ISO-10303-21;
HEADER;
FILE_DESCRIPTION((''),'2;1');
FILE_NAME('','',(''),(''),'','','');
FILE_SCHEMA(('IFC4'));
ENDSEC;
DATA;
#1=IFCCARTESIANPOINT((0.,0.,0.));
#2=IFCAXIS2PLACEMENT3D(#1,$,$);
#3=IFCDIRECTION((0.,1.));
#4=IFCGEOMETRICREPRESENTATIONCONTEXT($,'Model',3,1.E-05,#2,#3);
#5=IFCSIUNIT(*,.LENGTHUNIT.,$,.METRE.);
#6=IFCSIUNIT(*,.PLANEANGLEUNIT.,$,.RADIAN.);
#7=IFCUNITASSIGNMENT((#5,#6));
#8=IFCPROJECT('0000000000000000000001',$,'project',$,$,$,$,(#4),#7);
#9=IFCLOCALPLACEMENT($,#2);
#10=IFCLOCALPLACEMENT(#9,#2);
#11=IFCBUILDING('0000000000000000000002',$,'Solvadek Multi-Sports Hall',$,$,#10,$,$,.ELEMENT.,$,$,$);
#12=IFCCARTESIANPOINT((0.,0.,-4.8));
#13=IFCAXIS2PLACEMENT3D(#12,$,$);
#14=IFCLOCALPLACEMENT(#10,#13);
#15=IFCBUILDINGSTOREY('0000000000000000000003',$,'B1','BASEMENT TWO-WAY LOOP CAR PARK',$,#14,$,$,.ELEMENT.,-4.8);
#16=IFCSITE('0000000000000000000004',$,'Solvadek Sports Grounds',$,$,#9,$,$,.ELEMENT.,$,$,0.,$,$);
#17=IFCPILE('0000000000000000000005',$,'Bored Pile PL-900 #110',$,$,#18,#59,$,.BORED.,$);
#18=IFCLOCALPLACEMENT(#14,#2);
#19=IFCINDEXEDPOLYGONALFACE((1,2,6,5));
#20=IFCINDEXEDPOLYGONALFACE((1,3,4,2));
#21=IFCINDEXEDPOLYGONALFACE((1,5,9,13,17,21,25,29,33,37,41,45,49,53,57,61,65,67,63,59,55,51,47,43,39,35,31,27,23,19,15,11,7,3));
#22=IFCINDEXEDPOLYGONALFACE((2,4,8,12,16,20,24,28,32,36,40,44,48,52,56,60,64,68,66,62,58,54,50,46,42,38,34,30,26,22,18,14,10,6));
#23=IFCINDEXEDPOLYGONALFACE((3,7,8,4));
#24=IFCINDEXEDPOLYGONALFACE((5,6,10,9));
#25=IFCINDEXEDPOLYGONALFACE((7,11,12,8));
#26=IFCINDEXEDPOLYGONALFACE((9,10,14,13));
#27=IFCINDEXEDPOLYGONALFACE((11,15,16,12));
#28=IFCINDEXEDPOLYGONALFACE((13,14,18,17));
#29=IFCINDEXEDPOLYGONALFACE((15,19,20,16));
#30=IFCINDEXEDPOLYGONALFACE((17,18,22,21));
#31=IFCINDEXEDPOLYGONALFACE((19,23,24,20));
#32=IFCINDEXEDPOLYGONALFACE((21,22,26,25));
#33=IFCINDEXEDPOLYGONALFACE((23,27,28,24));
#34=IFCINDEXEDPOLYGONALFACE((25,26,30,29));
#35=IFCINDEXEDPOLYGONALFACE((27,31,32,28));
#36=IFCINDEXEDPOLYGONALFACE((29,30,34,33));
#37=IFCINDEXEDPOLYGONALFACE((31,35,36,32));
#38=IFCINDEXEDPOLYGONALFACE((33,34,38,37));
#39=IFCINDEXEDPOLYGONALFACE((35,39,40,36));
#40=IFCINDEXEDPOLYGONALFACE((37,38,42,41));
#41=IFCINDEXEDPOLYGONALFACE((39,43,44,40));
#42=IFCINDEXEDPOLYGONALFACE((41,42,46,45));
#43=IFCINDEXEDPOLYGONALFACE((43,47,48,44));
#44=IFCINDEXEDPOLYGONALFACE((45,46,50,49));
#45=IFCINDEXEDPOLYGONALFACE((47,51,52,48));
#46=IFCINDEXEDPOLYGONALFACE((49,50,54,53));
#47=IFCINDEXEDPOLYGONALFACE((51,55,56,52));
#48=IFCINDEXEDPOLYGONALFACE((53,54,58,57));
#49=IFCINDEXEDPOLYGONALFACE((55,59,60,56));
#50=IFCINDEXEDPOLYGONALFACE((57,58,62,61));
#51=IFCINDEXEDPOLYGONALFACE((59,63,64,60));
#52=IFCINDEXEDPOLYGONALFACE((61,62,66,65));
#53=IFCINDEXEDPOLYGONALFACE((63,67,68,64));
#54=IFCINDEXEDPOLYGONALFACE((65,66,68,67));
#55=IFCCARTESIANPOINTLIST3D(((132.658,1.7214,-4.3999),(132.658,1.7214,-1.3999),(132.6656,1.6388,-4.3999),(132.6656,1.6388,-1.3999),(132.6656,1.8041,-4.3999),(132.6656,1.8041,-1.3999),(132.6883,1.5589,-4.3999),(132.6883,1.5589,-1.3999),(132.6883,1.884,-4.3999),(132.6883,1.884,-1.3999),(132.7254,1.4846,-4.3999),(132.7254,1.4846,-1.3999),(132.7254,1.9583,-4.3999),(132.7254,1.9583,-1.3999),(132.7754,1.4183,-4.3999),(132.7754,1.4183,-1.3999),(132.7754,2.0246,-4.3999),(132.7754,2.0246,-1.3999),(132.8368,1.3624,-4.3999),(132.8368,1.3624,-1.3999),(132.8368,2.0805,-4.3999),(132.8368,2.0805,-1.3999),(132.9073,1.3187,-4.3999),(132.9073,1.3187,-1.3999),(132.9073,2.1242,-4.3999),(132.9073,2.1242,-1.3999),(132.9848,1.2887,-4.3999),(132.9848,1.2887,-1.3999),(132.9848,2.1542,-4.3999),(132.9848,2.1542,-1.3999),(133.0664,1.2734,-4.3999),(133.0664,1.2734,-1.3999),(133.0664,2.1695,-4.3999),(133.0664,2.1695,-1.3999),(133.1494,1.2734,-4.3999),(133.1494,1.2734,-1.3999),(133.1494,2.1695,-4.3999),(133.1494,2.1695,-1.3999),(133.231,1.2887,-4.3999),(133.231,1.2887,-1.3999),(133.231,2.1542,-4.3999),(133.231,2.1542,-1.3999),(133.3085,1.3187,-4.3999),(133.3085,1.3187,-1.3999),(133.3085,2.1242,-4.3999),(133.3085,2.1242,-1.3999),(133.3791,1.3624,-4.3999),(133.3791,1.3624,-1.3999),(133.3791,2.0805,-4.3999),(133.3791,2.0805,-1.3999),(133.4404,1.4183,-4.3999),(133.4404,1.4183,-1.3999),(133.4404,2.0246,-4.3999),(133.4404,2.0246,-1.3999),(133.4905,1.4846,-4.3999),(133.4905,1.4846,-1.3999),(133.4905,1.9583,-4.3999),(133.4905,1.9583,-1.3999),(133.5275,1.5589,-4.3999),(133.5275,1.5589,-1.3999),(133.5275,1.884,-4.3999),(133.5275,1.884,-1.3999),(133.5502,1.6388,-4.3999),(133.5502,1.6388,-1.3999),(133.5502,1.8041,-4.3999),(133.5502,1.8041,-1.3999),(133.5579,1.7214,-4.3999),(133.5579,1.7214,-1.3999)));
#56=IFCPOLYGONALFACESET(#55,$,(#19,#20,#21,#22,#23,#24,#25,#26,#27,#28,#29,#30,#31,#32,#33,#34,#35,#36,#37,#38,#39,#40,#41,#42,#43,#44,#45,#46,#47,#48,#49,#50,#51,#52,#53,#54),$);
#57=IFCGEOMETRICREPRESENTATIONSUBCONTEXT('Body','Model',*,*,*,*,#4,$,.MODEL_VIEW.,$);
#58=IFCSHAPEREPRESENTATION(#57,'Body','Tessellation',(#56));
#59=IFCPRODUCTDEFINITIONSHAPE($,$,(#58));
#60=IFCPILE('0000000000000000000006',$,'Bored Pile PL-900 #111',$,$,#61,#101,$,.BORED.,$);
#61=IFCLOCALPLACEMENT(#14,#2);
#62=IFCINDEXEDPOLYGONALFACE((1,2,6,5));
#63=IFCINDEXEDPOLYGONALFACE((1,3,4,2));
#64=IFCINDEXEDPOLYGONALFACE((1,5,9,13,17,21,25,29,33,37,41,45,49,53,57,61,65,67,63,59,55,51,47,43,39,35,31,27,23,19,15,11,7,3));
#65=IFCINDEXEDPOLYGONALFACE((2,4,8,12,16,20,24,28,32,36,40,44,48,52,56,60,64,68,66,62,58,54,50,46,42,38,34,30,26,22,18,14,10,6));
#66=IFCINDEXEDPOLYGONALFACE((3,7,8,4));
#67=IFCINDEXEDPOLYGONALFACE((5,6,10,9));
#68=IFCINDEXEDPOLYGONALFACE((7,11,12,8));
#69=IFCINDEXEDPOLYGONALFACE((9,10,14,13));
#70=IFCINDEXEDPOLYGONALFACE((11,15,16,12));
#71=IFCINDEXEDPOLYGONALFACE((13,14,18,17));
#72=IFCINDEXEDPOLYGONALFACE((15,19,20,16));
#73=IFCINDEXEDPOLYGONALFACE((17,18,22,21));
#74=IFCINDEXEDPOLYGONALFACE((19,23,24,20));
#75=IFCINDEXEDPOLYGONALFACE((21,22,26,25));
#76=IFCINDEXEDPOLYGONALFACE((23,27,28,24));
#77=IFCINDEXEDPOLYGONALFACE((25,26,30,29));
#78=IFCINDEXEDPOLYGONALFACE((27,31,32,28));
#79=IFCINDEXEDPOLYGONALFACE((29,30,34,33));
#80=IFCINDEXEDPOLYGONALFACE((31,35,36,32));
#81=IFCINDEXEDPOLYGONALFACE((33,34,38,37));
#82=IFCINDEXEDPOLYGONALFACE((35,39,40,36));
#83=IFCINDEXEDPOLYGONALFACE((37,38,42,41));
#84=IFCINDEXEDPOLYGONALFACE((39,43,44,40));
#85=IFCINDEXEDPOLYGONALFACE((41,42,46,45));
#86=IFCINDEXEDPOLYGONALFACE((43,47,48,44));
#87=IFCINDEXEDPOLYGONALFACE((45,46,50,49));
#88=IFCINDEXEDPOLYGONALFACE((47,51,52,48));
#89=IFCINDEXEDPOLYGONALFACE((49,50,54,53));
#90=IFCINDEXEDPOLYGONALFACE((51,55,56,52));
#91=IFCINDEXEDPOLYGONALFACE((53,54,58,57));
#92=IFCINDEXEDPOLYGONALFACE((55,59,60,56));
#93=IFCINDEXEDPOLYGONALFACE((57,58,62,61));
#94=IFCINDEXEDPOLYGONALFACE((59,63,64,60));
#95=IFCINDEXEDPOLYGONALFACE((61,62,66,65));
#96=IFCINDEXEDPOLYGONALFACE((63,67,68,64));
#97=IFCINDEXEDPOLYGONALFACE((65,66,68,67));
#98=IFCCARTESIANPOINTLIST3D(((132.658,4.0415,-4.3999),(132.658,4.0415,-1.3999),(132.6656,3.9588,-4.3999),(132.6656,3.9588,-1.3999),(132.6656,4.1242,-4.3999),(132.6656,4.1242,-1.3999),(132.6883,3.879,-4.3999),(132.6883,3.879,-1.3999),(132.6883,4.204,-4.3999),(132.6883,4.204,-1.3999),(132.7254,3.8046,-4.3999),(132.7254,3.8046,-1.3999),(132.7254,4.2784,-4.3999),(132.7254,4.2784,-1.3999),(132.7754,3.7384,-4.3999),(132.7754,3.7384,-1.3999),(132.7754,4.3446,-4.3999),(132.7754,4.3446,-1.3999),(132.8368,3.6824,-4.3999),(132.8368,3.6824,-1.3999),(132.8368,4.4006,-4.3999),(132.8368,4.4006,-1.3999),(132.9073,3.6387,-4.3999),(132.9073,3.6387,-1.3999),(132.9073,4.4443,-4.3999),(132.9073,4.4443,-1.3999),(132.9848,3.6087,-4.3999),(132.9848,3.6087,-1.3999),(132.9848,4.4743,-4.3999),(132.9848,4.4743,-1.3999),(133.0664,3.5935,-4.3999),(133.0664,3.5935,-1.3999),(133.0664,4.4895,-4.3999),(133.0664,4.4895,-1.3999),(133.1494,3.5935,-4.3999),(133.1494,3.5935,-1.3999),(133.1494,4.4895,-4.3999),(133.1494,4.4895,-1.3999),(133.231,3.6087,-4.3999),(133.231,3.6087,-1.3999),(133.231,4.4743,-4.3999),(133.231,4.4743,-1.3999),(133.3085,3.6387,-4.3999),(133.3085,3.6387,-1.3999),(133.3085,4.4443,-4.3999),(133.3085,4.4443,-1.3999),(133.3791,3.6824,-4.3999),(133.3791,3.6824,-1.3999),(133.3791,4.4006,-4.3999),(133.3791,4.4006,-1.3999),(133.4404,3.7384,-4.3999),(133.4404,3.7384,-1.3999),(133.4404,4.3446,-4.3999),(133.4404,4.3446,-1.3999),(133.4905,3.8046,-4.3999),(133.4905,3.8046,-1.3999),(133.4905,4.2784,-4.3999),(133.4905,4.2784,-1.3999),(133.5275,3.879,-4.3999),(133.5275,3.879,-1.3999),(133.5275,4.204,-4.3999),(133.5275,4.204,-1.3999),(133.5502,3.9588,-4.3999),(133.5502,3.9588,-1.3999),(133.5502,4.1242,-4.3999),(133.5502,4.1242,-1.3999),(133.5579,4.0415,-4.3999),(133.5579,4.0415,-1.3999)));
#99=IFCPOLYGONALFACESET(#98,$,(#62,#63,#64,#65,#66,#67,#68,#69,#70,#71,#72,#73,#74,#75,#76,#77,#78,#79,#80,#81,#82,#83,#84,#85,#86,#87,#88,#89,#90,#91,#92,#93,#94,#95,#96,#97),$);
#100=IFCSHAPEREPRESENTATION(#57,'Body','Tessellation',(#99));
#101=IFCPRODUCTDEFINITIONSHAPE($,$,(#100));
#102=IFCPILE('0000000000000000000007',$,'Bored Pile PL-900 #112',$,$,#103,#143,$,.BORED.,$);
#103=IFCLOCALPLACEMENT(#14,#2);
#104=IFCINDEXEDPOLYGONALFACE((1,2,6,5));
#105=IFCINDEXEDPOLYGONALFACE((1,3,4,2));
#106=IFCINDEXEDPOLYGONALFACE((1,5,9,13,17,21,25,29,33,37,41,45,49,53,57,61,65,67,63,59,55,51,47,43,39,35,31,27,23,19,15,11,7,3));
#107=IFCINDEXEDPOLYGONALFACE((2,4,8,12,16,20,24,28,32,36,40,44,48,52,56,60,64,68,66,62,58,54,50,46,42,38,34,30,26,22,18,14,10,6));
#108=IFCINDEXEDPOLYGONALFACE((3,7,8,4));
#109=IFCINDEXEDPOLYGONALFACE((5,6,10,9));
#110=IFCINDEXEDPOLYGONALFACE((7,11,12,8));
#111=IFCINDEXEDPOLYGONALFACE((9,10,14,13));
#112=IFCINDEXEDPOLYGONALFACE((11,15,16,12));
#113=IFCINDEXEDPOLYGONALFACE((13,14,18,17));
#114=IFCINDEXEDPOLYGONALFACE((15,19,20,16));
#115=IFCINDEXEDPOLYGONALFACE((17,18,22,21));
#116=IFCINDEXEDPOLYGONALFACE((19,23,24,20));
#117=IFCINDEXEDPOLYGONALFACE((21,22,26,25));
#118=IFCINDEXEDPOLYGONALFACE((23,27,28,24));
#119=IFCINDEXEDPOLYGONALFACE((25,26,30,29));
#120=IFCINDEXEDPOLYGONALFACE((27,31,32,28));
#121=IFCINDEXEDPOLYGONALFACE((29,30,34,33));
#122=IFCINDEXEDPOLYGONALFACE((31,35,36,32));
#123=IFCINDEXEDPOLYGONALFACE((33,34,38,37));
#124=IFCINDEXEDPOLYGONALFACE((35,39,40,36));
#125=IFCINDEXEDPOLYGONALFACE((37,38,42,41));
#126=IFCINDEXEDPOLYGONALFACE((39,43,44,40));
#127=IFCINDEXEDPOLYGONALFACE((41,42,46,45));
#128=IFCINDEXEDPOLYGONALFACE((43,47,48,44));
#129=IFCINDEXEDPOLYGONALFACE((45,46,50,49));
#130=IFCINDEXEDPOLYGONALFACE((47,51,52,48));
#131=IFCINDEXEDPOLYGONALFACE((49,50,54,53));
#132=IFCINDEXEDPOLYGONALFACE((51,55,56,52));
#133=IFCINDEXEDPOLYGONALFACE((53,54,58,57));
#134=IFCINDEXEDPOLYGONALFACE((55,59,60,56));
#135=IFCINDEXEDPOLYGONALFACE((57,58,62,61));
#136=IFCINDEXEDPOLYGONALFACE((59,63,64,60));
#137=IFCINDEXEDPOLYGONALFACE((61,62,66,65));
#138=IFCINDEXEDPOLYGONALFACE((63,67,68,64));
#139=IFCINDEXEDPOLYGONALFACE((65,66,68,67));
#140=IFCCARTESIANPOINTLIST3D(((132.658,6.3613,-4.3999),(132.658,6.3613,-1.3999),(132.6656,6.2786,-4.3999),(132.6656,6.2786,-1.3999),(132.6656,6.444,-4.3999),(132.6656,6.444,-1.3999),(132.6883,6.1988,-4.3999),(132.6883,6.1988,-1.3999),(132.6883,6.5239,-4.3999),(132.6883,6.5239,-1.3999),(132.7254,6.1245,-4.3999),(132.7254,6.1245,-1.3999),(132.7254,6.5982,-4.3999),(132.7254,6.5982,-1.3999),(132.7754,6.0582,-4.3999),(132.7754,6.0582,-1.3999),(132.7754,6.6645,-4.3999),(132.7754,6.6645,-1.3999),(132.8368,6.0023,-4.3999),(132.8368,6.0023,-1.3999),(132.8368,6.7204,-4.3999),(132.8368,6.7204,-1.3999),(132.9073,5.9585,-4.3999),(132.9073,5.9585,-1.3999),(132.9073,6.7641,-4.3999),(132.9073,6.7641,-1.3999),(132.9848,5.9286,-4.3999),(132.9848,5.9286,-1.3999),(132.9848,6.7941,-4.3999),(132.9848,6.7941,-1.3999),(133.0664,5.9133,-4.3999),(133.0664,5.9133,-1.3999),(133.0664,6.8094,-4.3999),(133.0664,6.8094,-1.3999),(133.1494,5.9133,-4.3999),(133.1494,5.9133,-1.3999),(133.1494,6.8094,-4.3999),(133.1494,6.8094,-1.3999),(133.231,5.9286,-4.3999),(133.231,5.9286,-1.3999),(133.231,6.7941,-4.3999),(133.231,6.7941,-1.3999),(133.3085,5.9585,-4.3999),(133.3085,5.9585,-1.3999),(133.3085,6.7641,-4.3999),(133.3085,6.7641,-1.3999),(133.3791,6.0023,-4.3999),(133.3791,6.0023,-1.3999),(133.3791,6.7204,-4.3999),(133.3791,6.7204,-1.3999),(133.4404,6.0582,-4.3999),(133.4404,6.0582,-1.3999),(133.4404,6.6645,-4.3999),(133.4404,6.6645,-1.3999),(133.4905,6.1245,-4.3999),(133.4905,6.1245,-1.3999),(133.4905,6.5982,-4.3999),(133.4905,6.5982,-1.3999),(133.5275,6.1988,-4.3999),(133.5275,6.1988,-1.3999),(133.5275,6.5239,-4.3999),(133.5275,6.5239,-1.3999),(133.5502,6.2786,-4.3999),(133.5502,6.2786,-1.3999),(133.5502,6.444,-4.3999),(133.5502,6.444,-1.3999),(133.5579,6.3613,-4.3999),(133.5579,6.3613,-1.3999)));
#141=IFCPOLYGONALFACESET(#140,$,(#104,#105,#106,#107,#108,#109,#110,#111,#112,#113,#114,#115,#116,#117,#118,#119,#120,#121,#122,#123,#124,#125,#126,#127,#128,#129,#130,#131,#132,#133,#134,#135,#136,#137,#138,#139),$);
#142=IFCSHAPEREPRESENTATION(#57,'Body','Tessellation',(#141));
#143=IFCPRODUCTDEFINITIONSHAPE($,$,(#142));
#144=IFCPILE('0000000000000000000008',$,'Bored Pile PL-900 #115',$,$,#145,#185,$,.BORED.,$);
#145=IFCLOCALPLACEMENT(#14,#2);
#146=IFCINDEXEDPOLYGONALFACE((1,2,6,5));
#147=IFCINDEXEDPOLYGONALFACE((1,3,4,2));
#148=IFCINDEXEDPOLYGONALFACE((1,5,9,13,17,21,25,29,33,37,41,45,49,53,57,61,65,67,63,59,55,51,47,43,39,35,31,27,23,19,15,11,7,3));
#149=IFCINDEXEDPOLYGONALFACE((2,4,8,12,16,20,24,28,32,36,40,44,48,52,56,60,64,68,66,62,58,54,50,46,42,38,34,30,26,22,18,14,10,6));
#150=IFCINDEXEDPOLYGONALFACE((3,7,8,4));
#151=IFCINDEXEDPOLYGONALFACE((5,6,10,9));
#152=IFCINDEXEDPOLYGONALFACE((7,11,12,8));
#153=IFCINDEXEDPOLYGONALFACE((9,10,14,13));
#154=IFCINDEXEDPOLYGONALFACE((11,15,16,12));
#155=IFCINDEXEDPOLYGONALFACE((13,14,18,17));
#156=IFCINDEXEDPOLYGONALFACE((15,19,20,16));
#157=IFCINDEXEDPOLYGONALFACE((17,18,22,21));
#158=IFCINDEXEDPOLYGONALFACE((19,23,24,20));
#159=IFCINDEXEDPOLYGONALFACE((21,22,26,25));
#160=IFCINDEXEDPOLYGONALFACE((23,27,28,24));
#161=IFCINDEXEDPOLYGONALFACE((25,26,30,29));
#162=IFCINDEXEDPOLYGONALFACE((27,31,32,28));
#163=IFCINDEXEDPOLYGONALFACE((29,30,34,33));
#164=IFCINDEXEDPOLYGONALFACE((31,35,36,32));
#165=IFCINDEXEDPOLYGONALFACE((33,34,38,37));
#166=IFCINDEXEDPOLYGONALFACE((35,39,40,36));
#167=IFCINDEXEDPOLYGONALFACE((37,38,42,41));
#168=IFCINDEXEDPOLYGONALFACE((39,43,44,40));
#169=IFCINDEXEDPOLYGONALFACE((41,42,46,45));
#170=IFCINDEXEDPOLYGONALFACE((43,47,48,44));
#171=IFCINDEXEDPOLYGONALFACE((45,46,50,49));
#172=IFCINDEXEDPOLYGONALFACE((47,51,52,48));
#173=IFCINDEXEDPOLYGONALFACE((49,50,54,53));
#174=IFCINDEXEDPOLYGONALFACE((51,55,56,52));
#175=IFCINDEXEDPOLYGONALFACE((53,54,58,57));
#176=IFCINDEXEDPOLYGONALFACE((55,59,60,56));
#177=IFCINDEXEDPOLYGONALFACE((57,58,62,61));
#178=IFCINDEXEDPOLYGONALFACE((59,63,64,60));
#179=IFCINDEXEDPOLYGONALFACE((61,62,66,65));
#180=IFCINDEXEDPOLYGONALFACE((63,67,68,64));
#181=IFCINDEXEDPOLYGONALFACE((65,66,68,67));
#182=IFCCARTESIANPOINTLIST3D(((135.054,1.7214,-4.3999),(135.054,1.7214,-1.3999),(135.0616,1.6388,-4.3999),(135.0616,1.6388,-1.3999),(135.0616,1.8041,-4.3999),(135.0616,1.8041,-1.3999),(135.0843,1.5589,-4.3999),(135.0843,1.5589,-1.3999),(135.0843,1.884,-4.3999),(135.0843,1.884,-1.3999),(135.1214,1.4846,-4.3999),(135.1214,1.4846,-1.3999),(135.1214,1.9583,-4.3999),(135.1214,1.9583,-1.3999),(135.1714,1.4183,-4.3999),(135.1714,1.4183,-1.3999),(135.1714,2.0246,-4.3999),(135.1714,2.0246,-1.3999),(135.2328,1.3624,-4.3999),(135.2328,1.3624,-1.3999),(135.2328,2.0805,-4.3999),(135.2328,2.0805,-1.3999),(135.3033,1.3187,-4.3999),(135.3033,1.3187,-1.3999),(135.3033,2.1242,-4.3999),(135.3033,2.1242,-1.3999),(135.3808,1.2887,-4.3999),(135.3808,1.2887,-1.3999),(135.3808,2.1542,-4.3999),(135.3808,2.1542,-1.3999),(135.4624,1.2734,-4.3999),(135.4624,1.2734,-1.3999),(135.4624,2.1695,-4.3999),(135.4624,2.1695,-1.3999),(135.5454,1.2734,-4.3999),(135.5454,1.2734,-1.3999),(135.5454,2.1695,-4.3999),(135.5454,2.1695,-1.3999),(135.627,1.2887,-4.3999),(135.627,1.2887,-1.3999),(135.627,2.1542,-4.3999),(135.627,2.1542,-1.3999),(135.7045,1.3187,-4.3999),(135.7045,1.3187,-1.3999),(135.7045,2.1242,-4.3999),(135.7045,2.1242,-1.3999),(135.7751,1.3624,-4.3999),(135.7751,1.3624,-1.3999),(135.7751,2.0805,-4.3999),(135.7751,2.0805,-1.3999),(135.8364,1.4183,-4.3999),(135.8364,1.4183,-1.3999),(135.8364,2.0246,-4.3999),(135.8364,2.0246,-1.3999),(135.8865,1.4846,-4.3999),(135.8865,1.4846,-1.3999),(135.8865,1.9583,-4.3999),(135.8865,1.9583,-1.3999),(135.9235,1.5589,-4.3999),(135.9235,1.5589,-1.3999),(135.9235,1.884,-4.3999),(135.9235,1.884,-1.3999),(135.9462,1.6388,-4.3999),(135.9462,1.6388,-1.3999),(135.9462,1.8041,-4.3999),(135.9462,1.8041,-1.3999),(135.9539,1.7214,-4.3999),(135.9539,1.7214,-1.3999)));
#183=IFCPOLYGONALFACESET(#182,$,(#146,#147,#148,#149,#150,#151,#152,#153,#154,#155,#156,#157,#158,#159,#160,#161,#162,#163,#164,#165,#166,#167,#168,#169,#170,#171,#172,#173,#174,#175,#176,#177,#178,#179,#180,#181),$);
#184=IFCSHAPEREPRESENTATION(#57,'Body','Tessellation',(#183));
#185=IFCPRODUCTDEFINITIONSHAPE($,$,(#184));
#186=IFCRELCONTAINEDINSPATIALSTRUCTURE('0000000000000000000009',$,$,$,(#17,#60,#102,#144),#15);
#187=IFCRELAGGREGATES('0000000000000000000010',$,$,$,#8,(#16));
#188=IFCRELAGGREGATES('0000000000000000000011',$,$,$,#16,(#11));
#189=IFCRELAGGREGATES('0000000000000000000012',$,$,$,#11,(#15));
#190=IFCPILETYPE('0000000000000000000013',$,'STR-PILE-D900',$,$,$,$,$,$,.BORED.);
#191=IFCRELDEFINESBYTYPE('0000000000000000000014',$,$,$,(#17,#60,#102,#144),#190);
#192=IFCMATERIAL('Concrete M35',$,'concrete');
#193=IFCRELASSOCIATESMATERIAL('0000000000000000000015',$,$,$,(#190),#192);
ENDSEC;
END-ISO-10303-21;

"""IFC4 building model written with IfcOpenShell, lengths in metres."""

from ifc_helpers import new_model, si_unit, direction, frame, origin, origin_2d, place, context, subcontext, project, spatial, circle, extrude, material, material_profile, profile_set, type_object, element, save


model = new_model("IFC4")

# Units and contexts
model_context = context("Model", 3, precision=1e-05, world=origin(), true_north=direction((0.0, 1.0)))
body_context = subcontext(model_context, "Body", "Model", "MODEL_VIEW")
ifc_project = project(units=[si_unit("LENGTHUNIT", "METRE"), si_unit("PLANEANGLEUNIT", "RADIAN")], contexts=[model_context])

# Site, building, storey
site_placement = place(None, origin())
site = spatial("IfcSite", under=ifc_project, at=site_placement, Name="Solvadek Sports Grounds", CompositionType="ELEMENT", RefElevation=0.0)
building_placement = place(site_placement, origin())
building = spatial("IfcBuilding", under=site, at=building_placement, Name="Solvadek Multi-Sports Hall", CompositionType="ELEMENT")
storey_placement = place(building_placement, frame((0.0, 0.0, -4.8)))
storey = spatial("IfcBuildingStorey", under=building, at=storey_placement, Name="B1", Description="BASEMENT TWO-WAY LOOP CAR PARK", CompositionType="ELEMENT", Elevation=-4.8)

# Piles
ifc_material_1 = material(Name="Concrete M35", Category="concrete")
ifc_material_profile_1 = material_profile(ifc_material_1, circle(Radius=0.45, at=origin_2d()), Name="BORED PILE D900")
ifc_profile_set_1 = profile_set([ifc_material_profile_1], Name="Concrete M35")
pile_type_1 = type_object("IfcPileType", Name="STR-PILE-D900", PredefinedType="BORED", material=ifc_profile_set_1)
for number, where, z_axis, x_axis, name in (
    (1, (133.1079, 1.7214, -1.3999), (0.0, 0.0, -1.0), (1.0, 0.0, 0.0), "Bored Pile PL-900 #110"),
    (2, (133.1079, 4.0415, -1.3999), (0.0, 0.0, -1.0), (1.0, 0.0, 0.0), "Bored Pile PL-900 #111"),
    (3, (133.1079, 6.3613, -1.3999), (0.0, 0.0, -1.0), (1.0, 0.0, 0.0), "Bored Pile PL-900 #112"),
    (4, (135.5039, 1.7214, -1.3999), (0.0, 0.0, -1.0), (1.0, 0.0, 0.0), "Bored Pile PL-900 #115"),
):
    element("IfcPile", number, at=place(storey_placement, frame(where, z_axis=z_axis, x_axis=x_axis)), inside=storey, type_object=pile_type_1, Name=name, PredefinedType="BORED", context=body_context, shape_type="SweptSolid", body=[
        extrude(circle(Radius=0.45, at=origin_2d()), origin(), (0.0, 0.0, 1.0), 3.0),
    ])

save(model, "model.ifc")
